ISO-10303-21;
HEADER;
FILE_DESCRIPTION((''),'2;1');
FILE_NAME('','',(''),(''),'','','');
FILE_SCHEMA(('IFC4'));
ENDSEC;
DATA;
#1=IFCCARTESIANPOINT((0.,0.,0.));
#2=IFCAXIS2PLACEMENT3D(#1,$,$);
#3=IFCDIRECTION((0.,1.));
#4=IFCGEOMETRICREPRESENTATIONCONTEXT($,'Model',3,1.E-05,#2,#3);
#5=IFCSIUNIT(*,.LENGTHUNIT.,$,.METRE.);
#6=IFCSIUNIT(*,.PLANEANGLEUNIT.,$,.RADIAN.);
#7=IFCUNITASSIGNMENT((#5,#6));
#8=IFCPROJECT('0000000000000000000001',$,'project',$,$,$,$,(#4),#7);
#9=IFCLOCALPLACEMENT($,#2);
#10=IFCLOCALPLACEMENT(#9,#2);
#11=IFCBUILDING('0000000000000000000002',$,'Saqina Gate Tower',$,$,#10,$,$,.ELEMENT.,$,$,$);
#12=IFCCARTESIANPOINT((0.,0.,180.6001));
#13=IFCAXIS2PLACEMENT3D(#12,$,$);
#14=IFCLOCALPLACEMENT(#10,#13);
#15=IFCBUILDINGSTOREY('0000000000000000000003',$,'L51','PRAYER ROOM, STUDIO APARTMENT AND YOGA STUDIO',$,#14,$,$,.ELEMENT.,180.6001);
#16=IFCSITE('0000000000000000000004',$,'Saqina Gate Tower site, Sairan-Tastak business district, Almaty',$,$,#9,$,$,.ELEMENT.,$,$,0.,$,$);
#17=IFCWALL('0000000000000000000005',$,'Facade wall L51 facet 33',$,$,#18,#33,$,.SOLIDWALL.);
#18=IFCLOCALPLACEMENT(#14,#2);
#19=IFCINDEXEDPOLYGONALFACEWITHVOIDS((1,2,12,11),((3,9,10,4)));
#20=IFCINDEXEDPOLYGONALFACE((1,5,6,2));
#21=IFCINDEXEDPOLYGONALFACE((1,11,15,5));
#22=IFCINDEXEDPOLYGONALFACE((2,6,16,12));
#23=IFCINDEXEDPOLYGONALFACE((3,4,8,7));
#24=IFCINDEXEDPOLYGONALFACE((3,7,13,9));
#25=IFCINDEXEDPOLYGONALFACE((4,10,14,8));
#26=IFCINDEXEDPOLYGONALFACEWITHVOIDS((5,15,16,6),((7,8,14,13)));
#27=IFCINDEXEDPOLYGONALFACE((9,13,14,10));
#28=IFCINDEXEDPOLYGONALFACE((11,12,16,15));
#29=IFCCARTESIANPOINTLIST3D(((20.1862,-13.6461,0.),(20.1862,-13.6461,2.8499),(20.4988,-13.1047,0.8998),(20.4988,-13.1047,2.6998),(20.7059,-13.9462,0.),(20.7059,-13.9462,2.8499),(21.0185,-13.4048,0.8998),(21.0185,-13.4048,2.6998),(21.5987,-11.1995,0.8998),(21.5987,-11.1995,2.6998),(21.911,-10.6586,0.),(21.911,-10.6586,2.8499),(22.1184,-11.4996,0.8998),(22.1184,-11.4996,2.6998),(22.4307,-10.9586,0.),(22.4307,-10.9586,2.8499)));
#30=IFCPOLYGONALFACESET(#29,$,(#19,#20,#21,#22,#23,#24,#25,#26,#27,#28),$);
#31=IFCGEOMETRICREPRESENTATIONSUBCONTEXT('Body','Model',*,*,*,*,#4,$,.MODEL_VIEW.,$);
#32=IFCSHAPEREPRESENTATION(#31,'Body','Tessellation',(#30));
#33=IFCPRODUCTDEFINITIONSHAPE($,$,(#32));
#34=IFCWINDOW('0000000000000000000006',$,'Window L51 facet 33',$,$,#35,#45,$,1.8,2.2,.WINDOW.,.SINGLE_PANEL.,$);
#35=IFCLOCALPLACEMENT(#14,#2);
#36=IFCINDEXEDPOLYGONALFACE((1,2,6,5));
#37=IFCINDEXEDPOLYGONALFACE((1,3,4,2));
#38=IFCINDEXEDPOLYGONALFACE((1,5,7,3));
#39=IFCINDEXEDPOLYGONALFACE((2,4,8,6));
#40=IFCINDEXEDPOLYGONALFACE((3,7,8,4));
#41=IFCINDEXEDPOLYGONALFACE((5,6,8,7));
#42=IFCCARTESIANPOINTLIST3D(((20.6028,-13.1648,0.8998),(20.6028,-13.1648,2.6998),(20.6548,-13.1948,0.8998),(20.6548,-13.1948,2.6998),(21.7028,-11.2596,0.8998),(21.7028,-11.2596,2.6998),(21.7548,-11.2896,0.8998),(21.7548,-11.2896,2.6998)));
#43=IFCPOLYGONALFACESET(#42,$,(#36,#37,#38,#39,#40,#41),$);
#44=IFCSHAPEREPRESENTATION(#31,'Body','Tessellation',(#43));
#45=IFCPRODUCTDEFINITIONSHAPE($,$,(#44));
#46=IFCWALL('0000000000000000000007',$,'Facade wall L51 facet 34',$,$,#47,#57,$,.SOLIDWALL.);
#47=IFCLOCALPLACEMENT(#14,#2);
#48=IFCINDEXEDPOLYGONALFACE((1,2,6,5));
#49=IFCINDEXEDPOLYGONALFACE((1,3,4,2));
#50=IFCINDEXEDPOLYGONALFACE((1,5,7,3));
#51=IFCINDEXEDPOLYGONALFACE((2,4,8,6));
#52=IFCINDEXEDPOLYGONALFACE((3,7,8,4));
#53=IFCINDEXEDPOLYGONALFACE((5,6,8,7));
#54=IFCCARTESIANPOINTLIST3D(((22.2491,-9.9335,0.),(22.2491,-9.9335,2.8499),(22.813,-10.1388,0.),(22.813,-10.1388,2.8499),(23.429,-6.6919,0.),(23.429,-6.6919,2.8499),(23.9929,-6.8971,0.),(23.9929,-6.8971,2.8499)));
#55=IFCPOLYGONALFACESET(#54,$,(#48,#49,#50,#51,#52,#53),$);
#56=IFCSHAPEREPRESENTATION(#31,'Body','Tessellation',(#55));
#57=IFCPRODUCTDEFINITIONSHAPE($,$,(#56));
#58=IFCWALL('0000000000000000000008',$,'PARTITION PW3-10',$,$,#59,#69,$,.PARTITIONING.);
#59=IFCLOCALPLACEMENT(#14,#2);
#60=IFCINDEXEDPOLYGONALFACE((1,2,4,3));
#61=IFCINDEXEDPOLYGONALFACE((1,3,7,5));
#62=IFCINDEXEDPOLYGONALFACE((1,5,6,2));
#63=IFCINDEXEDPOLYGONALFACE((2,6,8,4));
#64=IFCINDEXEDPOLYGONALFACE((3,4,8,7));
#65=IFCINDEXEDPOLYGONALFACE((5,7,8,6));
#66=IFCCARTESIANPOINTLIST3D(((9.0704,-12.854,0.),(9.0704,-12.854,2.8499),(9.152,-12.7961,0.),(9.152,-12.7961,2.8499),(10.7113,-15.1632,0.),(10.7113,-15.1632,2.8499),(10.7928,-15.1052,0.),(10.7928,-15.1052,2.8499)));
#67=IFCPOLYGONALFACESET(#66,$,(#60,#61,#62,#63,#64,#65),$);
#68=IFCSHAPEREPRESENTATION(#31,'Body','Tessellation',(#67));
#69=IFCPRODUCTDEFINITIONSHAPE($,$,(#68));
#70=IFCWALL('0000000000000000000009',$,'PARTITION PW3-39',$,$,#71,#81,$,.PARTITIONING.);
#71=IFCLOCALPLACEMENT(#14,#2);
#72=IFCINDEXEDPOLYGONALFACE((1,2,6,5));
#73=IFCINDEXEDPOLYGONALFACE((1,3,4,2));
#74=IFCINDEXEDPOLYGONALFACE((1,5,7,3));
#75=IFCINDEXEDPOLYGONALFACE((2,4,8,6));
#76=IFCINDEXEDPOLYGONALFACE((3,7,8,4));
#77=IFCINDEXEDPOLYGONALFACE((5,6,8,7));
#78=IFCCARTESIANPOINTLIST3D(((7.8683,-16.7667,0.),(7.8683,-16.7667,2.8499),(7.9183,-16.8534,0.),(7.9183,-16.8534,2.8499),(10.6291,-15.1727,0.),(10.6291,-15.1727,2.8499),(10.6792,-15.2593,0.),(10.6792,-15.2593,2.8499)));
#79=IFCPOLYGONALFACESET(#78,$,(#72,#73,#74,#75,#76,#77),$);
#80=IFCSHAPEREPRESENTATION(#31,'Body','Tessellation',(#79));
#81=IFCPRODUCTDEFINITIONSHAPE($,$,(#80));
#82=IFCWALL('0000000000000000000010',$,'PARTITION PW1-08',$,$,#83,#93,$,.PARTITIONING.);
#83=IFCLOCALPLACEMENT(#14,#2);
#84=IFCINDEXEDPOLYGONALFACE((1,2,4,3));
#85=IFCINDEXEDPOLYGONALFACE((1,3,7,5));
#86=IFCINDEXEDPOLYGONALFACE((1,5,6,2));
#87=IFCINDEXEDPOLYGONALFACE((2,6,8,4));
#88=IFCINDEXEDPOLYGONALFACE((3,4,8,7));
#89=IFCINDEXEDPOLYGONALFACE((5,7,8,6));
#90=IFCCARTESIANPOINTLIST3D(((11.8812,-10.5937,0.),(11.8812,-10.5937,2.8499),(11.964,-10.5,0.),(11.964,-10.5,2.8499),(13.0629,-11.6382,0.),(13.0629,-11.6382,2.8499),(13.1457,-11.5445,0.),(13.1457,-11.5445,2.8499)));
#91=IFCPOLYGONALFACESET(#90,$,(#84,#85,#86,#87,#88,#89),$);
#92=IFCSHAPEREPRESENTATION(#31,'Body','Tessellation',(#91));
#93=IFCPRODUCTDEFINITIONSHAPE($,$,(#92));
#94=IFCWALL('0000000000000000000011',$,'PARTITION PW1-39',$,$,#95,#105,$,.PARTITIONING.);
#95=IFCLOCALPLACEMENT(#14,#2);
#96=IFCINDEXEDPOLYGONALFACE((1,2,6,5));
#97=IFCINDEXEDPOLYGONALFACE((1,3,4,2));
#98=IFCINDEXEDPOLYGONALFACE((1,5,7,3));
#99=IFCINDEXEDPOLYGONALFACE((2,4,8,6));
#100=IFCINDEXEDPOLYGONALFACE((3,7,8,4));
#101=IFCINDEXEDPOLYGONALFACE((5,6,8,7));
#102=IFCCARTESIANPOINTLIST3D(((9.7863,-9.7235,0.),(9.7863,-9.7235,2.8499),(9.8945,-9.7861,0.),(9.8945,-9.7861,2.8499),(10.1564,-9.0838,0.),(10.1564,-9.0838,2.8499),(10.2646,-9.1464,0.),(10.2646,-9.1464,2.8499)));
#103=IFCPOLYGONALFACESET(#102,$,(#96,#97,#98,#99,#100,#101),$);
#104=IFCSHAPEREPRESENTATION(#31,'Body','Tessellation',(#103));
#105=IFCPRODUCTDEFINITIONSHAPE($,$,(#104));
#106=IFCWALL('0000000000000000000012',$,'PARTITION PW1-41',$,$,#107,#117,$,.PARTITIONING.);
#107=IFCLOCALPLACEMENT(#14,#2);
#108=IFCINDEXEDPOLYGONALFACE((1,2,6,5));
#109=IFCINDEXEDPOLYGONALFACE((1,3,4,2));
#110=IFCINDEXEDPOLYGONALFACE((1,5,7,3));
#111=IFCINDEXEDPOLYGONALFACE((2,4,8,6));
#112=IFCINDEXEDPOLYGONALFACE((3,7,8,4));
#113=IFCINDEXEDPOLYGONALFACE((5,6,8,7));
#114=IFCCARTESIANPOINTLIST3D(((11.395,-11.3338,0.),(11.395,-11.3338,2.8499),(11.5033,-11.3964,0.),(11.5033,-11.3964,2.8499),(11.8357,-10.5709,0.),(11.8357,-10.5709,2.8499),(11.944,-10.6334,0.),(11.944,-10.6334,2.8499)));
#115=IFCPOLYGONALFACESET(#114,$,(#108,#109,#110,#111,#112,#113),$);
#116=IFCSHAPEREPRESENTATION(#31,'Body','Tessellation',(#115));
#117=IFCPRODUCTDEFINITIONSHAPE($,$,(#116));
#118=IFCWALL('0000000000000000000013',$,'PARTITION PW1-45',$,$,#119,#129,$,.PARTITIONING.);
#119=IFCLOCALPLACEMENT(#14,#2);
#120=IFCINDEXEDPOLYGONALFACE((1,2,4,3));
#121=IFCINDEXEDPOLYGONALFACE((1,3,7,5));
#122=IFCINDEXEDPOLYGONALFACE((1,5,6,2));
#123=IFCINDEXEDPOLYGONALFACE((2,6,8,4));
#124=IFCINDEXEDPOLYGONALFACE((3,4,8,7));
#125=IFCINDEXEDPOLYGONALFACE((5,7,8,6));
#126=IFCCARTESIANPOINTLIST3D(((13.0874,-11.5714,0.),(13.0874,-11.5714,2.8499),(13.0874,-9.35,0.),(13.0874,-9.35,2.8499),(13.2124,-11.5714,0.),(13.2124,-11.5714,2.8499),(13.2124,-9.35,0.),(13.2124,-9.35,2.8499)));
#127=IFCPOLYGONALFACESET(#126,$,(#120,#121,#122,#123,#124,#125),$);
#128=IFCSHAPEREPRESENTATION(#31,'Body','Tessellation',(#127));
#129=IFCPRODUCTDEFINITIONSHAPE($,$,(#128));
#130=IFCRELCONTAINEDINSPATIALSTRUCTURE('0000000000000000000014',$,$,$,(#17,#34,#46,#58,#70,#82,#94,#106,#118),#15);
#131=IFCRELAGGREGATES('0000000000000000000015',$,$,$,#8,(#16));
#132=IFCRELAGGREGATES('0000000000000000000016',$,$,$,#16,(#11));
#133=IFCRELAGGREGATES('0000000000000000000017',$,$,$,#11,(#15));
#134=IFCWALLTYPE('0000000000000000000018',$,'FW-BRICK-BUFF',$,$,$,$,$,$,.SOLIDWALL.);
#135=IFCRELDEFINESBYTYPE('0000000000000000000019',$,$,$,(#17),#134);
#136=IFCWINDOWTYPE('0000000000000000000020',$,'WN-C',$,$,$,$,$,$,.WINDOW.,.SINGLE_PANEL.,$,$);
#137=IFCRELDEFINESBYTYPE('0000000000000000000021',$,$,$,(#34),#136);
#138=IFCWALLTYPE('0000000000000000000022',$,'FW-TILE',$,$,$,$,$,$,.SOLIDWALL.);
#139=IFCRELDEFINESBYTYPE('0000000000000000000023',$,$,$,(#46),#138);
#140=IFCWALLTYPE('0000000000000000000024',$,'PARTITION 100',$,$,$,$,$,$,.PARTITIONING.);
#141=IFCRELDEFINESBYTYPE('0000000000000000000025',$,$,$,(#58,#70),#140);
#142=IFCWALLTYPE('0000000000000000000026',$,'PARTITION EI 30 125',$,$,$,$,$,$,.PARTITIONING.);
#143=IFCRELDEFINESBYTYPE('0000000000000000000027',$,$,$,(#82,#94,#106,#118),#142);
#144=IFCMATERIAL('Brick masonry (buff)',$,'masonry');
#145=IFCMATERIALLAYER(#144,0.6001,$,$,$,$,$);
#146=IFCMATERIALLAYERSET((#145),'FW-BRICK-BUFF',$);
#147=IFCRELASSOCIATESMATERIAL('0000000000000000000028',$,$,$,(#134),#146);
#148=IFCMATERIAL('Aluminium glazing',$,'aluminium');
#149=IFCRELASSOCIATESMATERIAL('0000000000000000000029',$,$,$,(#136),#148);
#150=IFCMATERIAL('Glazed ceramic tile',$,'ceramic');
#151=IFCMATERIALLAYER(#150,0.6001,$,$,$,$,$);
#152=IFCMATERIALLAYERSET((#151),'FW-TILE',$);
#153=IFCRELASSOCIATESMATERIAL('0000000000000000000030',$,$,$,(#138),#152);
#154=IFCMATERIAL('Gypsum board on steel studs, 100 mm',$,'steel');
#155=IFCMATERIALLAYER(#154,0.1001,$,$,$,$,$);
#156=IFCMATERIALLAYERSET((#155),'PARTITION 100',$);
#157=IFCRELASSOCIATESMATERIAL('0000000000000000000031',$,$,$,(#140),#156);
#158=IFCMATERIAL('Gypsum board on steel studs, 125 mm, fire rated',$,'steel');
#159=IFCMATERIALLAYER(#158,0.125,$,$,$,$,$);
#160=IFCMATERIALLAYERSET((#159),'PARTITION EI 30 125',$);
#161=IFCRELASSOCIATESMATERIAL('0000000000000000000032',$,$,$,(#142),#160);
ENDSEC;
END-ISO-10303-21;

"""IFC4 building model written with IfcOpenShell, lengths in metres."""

from ifc_helpers import new_model, si_unit, direction, frame, frame_2d, origin, place, context, subcontext, project, spatial, rectangle, extrude, material, layer, layer_set, type_object, element, fill, save


model = new_model("IFC4")

# Units and contexts
model_context = context("Model", 3, precision=1e-05, world=origin(), true_north=direction((0.0, 1.0)))
body_context = subcontext(model_context, "Body", "Model", "MODEL_VIEW")
ifc_project = project(units=[si_unit("LENGTHUNIT", "METRE"), si_unit("PLANEANGLEUNIT", "RADIAN")], contexts=[model_context])

# Site, building, storey
site_placement = place(None, origin())
site = spatial("IfcSite", under=ifc_project, at=site_placement, Name="Saqina Gate Tower site, Sairan-Tastak business district, Almaty", CompositionType="ELEMENT", RefElevation=0.0)
building_placement = place(site_placement, origin())
building = spatial("IfcBuilding", under=site, at=building_placement, Name="Saqina Gate Tower", CompositionType="ELEMENT")
storey_placement = place(building_placement, frame((0.0, 0.0, 180.6001)))
storey = spatial("IfcBuildingStorey", under=building, at=storey_placement, Name="L51", Description="PRAYER ROOM, STUDIO APARTMENT AND YOGA STUDIO", CompositionType="ELEMENT", Elevation=180.6001)

# Wall, opening, window
ifc_material_1 = material(Name="Brick masonry (buff)", Category="masonry")
ifc_layer_1 = layer(ifc_material_1, 0.6001)
ifc_layer_set_1 = layer_set([ifc_layer_1], Name="FW-BRICK-BUFF")
wall_type_1 = type_object("IfcWallType", Name="FW-BRICK-BUFF", PredefinedType="SOLIDWALL", material=ifc_layer_set_1)
ifc_material_2 = material(Name="Aluminium glazing", Category="aluminium")
window_type = type_object("IfcWindowType", Name="WN-C", PartitioningType="SINGLE_PANEL", PredefinedType="WINDOW", material=ifc_material_2)
wall_1_placement = place(storey_placement, frame((20.446, -13.7961, 0.0), z_axis=(0.0, 0.0, 1.0), x_axis=(0.499998, 0.866026, 0.0)))
wall_1 = element("IfcWall", 1, at=wall_1_placement, inside=storey, type_object=wall_type_1, Name="Facade wall L51 facet 33", PredefinedType="SOLIDWALL", context=body_context, shape_type="SweptSolid", body=[
    extrude(rectangle(XDim=3.4497, YDim=0.6001, at=frame_2d((1.7249, 0.0))), origin(), (0.0, 0.0, 1.0), 2.8499),
])
opening_1_placement = place(wall_1_placement, frame((0.625, 0.0, 0.8999)))
opening_1 = element("IfcOpeningElement", 2, at=opening_1_placement, cuts=wall_1, PredefinedType="OPENING", context=body_context, shape_type="SweptSolid", body=[
    extrude(rectangle(XDim=2.2, YDim=1.8, at=frame_2d((1.1001, 0.8999))), frame((0.0, 0.312, 0.0), z_axis=(0.0, -1.0, 0.0), x_axis=(1.0, 0.0, 0.0)), (0.0, 0.0, 1.0), 0.624),
])
window_1_placement = place(opening_1_placement, origin())
window_1 = element("IfcWindow", 3, at=window_1_placement, inside=storey, type_object=window_type, Name="Window L51 facet 33", OverallHeight=1.8, OverallWidth=2.2, PartitioningType="SINGLE_PANEL", PredefinedType="WINDOW", context=body_context, shape_type="SweptSolid", body=[
    extrude(rectangle(XDim=2.2, YDim=1.8, at=frame_2d((1.1001, 0.8999))), frame((0.0, 0.1799, 0.0), z_axis=(0.0, -1.0, 0.0), x_axis=(1.0, 0.0, 0.0)), (0.0, 0.0, 1.0), 0.0601),
])
fill(opening_1, window_1)

# Walls
ifc_material_3 = material(Name="Glazed ceramic tile", Category="ceramic")
ifc_layer_2 = layer(ifc_material_3, 0.6001)
ifc_layer_set_2 = layer_set([ifc_layer_2], Name="FW-TILE")
wall_type_2 = type_object("IfcWallType", Name="FW-TILE", PredefinedType="SOLIDWALL", material=ifc_layer_set_2)
wall_2_placement = place(storey_placement, frame((22.531, -10.0361, 0.0), z_axis=(0.0, 0.0, 1.0), x_axis=(0.342033, 0.939688, 0.0)))
element("IfcWall", 4, at=wall_2_placement, inside=storey, type_object=wall_type_2, Name="Facade wall L51 facet 34", PredefinedType="SOLIDWALL", context=body_context, shape_type="SweptSolid", body=[
    extrude(rectangle(XDim=3.4497, YDim=0.6001, at=frame_2d((1.7249, 0.0))), origin(), (0.0, 0.0, 1.0), 2.8499),
])
ifc_material_4 = material(Name="Gypsum board on steel studs, 100 mm", Category="steel")
ifc_layer_3 = layer(ifc_material_4, 0.1001)
ifc_layer_set_3 = layer_set([ifc_layer_3], Name="PARTITION 100")
wall_type_3 = type_object("IfcWallType", Name="PARTITION 100", PredefinedType="PARTITIONING", material=ifc_layer_set_3)
wall_3_placement = place(storey_placement, frame((9.1111, -12.825, 0.0), z_axis=(0.0, 0.0, 1.0), x_axis=(0.579255, -0.815146, 0.0)))
element("IfcWall", 5, at=wall_3_placement, inside=storey, type_object=wall_type_3, Name="PARTITION PW3-10", PredefinedType="PARTITIONING", context=body_context, shape_type="SweptSolid", body=[
    extrude(rectangle(XDim=2.8328, YDim=0.1001, at=frame_2d((1.4165, 0.0))), origin(), (0.0, 0.0, 1.0), 2.8499),
])
wall_4_placement = place(storey_placement, frame((7.8933, -16.8101, 0.0), z_axis=(0.0, 0.0, 1.0), x_axis=(0.866015, 0.500019, 0.0)))
element("IfcWall", 6, at=wall_4_placement, inside=storey, type_object=wall_type_3, Name="PARTITION PW3-39", PredefinedType="PARTITIONING", context=body_context, shape_type="SweptSolid", body=[
    extrude(rectangle(XDim=3.188, YDim=0.1001, at=frame_2d((1.594, 0.0))), origin(), (0.0, 0.0, 1.0), 2.8499),
])
ifc_material_5 = material(Name="Gypsum board on steel studs, 125 mm, fire rated", Category="steel")
ifc_layer_4 = layer(ifc_material_5, 0.125)
ifc_layer_set_4 = layer_set([ifc_layer_4], Name="PARTITION EI 30 125")
wall_type_4 = type_object("IfcWallType", Name="PARTITION EI 30 125", PredefinedType="PARTITIONING", material=ifc_layer_set_4)
wall_5_placement = place(storey_placement, frame((11.9226, -10.5469, 0.0), z_axis=(0.0, 0.0, 1.0), x_axis=(0.749268, -0.662267, 0.0)))
element("IfcWall", 7, at=wall_5_placement, inside=storey, type_object=wall_type_4, Name="PARTITION PW1-08", PredefinedType="PARTITIONING", context=body_context, shape_type="SweptSolid", body=[
    extrude(rectangle(XDim=1.5771, YDim=0.125, at=frame_2d((0.7886, 0.0))), origin(), (0.0, 0.0, 1.0), 2.8499),
])
wall_6_placement = place(storey_placement, frame((9.8403, -9.7549, 0.0), z_axis=(0.0, 0.0, 1.0), x_axis=(0.500828, 0.865547, 0.0)))
element("IfcWall", 8, at=wall_6_placement, inside=storey, type_object=wall_type_4, Name="PARTITION PW1-39", PredefinedType="PARTITIONING", context=body_context, shape_type="SweptSolid", body=[
    extrude(rectangle(XDim=0.739, YDim=0.125, at=frame_2d((0.3696, 0.0))), origin(), (0.0, 0.0, 1.0), 2.8499),
])
wall_7_placement = place(storey_placement, frame((11.4492, -11.365, 0.0), z_axis=(0.0, 0.0, 1.0), x_axis=(0.500162, 0.865932, 0.0)))
element("IfcWall", 9, at=wall_7_placement, inside=storey, type_object=wall_type_4, Name="PARTITION PW1-41", PredefinedType="PARTITIONING", context=body_context, shape_type="SweptSolid", body=[
    extrude(rectangle(XDim=0.8811, YDim=0.125, at=frame_2d((0.4404, 0.0))), origin(), (0.0, 0.0, 1.0), 2.8499),
])
wall_8_placement = place(storey_placement, frame((13.1499, -11.5715, 0.0), z_axis=(0.0, 0.0, 1.0), x_axis=(0.0, 1.0, 0.0)))
element("IfcWall", 10, at=wall_8_placement, inside=storey, type_object=wall_type_4, Name="PARTITION PW1-45", PredefinedType="PARTITIONING", context=body_context, shape_type="SweptSolid", body=[
    extrude(rectangle(XDim=2.2214, YDim=0.125, at=frame_2d((1.1108, 0.0))), origin(), (0.0, 0.0, 1.0), 2.8499),
])

save(model, "model.ifc")
